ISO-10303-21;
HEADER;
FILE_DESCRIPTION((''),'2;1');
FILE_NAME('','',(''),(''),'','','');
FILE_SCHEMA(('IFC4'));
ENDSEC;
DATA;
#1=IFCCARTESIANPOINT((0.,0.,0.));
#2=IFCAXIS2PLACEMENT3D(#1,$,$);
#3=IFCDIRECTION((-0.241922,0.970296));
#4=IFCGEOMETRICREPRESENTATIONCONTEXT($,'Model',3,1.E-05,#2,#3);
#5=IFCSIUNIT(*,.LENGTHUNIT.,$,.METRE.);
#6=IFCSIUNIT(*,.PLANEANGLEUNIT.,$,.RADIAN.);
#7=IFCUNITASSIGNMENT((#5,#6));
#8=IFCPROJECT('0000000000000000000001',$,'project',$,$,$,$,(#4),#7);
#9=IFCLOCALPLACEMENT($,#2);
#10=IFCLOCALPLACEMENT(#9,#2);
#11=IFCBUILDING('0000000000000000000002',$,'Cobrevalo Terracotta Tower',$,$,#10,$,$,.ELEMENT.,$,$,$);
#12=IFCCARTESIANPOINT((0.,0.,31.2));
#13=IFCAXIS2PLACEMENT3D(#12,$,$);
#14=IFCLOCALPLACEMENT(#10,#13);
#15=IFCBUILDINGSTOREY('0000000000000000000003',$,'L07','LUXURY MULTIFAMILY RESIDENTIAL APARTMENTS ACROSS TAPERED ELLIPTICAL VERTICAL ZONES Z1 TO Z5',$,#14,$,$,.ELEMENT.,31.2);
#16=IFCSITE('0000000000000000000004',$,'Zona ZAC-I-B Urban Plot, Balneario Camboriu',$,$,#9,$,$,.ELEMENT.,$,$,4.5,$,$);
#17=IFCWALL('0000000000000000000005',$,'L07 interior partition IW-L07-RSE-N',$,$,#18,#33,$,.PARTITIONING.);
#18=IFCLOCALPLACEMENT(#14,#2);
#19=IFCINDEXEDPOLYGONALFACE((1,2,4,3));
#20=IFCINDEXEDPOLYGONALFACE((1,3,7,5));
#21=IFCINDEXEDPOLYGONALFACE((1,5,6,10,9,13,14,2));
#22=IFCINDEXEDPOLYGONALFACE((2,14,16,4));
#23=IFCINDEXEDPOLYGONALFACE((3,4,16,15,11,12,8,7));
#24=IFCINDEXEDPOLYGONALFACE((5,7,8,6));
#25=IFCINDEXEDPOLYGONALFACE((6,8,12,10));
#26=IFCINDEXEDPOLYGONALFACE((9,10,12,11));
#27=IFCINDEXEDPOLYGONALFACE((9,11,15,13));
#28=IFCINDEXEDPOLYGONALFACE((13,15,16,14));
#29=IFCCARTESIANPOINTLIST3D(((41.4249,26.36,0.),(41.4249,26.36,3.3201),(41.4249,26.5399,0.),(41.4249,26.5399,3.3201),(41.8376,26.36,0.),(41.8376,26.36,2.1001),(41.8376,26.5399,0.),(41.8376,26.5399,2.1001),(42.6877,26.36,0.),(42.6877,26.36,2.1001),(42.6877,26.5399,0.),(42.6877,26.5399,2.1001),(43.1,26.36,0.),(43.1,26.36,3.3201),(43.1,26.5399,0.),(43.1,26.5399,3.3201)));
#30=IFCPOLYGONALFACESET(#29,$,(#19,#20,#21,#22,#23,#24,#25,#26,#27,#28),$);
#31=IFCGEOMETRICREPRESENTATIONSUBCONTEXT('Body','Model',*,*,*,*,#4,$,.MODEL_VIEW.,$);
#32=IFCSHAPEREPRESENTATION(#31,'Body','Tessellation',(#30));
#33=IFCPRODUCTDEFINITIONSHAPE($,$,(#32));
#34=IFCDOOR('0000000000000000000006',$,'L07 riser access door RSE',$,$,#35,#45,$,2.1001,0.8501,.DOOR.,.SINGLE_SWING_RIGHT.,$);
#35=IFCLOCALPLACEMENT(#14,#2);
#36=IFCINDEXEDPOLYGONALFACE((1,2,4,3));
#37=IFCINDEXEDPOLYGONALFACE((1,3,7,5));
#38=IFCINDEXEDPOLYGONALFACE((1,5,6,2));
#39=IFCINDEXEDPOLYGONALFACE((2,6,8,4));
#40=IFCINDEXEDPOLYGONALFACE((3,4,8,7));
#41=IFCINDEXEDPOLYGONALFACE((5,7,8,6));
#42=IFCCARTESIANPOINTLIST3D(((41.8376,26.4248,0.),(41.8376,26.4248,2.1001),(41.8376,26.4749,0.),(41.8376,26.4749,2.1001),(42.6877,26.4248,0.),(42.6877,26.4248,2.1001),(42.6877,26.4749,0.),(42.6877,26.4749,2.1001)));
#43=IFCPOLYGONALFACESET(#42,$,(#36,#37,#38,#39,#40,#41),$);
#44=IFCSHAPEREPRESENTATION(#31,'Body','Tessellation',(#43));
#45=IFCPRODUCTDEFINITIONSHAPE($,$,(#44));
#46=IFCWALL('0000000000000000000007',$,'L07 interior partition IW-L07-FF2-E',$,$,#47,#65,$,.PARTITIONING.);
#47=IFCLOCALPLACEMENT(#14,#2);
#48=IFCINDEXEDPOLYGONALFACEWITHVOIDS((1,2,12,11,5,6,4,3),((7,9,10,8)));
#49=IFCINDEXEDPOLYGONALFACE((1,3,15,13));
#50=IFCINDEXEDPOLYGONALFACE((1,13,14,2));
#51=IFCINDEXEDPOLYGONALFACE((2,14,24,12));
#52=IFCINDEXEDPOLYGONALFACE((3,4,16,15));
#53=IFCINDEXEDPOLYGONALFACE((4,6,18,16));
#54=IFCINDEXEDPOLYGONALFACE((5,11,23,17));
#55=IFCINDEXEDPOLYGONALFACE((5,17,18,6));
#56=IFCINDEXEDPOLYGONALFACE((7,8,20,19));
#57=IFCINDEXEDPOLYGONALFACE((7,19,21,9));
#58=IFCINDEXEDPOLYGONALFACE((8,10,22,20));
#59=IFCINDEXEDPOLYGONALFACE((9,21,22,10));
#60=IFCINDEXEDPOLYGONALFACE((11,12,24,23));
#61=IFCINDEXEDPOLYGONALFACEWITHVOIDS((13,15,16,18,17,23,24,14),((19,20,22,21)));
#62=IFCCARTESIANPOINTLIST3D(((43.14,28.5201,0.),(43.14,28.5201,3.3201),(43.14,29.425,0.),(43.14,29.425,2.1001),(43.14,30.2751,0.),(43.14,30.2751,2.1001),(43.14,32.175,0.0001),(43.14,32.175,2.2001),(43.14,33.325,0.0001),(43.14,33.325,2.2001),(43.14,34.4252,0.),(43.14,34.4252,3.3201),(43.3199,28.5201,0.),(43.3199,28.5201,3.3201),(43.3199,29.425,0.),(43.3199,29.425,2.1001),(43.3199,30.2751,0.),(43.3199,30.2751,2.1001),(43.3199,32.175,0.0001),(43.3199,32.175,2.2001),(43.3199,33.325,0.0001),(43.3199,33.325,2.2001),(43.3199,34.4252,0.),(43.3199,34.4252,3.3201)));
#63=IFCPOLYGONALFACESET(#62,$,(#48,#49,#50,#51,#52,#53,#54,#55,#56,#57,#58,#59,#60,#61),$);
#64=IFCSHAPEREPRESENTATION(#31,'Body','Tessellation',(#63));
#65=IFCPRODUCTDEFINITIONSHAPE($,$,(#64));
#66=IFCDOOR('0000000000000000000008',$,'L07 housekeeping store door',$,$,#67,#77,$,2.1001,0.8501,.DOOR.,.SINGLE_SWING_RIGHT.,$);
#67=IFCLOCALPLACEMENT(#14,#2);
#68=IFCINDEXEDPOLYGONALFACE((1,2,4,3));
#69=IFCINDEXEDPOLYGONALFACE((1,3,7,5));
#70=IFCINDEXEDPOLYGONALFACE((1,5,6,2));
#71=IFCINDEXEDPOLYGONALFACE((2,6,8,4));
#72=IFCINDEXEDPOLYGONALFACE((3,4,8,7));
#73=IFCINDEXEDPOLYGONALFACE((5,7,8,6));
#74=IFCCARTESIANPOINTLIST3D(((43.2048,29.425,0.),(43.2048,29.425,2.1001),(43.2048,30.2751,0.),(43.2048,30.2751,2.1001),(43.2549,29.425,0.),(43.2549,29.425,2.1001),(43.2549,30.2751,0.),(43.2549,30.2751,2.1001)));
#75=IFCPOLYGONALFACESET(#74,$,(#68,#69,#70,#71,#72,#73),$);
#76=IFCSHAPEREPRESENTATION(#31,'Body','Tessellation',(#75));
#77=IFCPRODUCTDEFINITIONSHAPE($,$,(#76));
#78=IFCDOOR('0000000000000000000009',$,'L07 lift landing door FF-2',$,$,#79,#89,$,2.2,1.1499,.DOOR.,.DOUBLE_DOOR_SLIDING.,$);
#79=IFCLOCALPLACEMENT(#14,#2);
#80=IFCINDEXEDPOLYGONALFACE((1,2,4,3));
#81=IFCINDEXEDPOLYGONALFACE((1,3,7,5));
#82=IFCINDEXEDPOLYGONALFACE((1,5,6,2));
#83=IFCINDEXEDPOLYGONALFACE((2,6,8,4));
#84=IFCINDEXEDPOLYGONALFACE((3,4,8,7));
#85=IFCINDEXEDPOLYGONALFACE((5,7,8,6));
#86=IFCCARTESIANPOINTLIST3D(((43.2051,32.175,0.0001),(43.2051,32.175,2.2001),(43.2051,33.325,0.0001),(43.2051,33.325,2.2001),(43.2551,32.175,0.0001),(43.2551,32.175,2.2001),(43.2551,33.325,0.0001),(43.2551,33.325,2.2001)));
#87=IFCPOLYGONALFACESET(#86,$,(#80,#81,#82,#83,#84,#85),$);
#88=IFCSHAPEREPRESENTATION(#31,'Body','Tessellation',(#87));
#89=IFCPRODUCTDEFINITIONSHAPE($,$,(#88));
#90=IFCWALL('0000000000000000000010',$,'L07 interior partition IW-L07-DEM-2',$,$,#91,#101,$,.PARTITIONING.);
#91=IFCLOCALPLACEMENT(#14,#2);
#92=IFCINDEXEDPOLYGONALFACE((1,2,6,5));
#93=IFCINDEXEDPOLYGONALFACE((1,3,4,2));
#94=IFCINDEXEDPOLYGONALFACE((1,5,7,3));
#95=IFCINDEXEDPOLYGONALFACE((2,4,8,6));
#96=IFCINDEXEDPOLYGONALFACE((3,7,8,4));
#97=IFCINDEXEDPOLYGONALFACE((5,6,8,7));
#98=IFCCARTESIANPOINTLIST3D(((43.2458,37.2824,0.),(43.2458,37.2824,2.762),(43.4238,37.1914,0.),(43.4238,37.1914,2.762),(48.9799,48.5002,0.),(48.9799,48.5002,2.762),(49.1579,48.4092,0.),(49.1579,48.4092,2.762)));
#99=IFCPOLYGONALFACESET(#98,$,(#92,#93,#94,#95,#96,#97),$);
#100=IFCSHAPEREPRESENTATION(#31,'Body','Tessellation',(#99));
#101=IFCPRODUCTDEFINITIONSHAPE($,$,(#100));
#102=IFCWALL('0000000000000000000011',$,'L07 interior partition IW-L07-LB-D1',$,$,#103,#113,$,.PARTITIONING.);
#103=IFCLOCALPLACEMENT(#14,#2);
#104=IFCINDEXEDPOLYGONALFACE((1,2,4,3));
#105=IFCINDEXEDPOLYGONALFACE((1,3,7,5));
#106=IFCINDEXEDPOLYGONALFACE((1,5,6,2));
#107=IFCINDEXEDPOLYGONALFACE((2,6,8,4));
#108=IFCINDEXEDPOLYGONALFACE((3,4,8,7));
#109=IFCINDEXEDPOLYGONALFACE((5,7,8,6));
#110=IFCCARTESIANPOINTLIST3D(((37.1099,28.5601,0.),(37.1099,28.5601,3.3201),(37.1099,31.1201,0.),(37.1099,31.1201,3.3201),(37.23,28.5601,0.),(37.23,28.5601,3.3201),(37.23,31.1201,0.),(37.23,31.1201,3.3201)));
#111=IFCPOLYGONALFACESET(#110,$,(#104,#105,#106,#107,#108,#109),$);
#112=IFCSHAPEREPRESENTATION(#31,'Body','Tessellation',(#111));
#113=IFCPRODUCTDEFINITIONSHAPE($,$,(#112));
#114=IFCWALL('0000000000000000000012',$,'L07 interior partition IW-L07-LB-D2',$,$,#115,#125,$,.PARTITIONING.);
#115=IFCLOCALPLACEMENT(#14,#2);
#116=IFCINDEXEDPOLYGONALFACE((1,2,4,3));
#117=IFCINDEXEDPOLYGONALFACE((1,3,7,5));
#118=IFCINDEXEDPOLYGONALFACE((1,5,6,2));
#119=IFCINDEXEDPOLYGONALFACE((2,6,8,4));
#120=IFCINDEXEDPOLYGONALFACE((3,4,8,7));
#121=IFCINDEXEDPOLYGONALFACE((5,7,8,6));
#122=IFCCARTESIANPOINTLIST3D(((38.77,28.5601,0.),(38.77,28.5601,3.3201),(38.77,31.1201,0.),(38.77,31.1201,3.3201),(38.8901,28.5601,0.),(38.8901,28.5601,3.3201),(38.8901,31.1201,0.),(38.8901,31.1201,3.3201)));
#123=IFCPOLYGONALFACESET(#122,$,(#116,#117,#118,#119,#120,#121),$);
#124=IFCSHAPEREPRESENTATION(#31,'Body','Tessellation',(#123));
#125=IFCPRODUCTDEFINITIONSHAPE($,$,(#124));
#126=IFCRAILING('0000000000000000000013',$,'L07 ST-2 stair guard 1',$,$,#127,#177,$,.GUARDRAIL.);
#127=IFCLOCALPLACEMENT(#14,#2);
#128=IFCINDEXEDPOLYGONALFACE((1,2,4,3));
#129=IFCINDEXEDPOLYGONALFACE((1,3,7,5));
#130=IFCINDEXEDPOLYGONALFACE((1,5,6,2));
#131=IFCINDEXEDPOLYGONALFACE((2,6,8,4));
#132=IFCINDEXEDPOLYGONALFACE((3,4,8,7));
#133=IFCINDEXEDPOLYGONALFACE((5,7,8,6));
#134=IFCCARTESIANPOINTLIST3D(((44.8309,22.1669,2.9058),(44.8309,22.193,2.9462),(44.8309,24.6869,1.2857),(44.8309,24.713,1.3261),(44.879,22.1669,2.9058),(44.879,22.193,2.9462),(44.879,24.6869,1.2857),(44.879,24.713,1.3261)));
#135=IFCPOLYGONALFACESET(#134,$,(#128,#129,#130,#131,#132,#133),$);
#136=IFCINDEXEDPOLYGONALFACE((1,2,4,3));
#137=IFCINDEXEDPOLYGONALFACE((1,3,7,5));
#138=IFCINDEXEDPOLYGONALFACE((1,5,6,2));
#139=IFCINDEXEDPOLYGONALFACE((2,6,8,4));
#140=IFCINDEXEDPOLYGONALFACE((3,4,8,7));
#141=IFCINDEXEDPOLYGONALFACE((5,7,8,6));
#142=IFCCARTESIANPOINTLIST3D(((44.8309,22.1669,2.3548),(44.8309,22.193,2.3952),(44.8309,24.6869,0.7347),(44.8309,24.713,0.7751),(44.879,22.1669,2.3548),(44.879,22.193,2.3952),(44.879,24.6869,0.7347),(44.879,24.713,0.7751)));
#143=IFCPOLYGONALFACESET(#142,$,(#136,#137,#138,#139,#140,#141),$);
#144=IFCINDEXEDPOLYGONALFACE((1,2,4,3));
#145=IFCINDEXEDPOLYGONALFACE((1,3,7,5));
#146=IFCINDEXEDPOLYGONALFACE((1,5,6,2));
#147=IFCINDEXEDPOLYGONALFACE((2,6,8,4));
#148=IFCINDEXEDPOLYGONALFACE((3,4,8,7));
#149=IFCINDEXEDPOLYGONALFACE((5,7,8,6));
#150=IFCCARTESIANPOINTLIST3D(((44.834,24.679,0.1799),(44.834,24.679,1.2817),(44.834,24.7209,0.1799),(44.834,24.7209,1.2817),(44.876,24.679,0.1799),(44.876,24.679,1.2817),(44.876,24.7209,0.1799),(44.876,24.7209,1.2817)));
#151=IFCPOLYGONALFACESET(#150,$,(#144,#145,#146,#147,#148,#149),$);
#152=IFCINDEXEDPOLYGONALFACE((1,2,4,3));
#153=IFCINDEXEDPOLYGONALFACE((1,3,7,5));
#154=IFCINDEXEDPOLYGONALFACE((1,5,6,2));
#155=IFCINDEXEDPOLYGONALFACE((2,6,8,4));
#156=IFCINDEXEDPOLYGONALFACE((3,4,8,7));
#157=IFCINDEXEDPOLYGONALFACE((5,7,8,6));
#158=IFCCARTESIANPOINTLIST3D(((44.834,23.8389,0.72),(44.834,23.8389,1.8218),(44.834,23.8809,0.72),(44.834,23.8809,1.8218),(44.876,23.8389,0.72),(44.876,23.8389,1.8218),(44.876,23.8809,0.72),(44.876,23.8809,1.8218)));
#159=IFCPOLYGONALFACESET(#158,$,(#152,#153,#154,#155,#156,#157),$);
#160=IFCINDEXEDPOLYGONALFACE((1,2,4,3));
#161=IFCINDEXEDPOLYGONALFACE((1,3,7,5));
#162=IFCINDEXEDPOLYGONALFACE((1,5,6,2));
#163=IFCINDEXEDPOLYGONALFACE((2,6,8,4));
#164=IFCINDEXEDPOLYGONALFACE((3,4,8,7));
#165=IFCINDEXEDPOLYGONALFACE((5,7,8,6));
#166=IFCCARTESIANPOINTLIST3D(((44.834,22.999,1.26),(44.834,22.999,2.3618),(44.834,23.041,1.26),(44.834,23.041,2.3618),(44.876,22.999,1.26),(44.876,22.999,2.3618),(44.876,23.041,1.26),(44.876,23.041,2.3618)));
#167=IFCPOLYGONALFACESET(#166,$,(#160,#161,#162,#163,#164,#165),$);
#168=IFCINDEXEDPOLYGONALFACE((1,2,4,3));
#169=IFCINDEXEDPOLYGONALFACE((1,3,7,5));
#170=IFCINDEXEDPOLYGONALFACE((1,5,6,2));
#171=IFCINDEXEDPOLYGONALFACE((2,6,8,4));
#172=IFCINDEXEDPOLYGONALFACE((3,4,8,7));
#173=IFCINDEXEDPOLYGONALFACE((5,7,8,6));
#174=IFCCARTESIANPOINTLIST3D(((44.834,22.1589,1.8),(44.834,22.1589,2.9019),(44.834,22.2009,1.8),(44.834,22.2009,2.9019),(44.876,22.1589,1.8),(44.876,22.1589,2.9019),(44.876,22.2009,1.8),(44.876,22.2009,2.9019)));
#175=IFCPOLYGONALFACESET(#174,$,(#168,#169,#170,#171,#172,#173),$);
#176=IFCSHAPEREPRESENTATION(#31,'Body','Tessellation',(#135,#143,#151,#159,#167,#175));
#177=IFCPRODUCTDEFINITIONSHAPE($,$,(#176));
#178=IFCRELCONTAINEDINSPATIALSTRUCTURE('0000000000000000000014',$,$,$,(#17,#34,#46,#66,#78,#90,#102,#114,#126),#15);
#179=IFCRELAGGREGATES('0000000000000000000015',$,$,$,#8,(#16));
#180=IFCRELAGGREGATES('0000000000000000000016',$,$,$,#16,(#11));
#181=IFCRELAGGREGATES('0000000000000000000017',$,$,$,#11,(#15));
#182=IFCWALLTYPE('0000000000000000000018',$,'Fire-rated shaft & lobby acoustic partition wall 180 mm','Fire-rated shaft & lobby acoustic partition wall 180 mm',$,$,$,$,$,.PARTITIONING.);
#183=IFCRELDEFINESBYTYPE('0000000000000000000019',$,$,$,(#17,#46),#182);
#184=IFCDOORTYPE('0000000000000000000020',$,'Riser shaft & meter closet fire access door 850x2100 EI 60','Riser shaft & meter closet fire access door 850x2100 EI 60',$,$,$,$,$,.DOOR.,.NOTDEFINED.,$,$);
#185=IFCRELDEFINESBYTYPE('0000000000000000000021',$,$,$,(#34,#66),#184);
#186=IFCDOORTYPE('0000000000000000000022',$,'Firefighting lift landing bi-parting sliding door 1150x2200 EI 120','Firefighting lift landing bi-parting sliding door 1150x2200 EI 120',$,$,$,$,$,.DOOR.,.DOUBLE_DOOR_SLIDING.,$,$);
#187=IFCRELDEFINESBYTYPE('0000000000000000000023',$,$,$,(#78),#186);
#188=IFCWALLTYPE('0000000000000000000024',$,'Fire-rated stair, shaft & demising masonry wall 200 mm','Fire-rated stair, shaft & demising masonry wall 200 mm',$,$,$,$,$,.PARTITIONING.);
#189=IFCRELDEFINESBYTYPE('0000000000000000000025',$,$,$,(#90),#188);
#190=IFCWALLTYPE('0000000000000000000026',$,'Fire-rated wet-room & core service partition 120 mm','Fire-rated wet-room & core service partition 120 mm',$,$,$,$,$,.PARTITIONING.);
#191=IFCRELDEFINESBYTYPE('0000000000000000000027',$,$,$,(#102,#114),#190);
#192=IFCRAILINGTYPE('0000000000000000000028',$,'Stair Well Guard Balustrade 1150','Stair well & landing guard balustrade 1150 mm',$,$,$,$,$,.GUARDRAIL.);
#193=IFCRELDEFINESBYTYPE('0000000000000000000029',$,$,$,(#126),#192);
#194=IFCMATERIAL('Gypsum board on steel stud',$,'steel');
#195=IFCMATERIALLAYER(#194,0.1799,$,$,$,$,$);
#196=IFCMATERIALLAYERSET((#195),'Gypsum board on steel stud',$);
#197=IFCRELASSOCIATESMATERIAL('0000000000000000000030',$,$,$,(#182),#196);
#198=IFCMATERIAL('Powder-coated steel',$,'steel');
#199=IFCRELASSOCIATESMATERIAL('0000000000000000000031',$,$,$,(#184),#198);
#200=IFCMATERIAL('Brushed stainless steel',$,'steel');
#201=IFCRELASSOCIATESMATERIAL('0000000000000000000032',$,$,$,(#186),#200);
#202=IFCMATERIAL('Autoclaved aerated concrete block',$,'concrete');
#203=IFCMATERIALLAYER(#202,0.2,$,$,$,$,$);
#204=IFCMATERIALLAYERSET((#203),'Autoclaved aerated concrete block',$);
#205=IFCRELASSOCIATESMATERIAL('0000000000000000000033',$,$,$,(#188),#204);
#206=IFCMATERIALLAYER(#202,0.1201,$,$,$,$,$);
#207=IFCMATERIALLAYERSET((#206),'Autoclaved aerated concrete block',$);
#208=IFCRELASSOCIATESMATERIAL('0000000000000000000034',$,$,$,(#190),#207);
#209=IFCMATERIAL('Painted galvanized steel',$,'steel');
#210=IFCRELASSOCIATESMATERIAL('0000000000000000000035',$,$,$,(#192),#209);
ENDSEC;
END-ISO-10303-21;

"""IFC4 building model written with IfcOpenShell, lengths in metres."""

from ifc_helpers import new_model, si_unit, direction, frame, frame_2d, origin, origin_2d, place, context, subcontext, project, spatial, rectangle, extrude, source, transform, mapped, material, layer, layer_set, type_object, element, fill, save


model = new_model("IFC4")

# Units and contexts
model_context = context("Model", 3, precision=1e-05, world=origin(), true_north=direction((-0.241922, 0.970296)))
body_context = subcontext(model_context, "Body", "Model", "MODEL_VIEW")
ifc_project = project(units=[si_unit("LENGTHUNIT", "METRE"), si_unit("PLANEANGLEUNIT", "RADIAN")], contexts=[model_context])

# Site, building, storey
site_placement = place(None, origin())
site = spatial("IfcSite", under=ifc_project, at=site_placement, Name="Zona ZAC-I-B Urban Plot, Balneario Camboriu", CompositionType="ELEMENT", RefElevation=4.5)
building_placement = place(site_placement, origin())
building = spatial("IfcBuilding", under=site, at=building_placement, Name="Cobrevalo Terracotta Tower", CompositionType="ELEMENT")
storey_placement = place(building_placement, frame((0.0, 0.0, 31.2)))
storey = spatial("IfcBuildingStorey", under=building, at=storey_placement, Name="L07", Description="LUXURY MULTIFAMILY RESIDENTIAL APARTMENTS ACROSS TAPERED ELLIPTICAL VERTICAL ZONES Z1 TO Z5", CompositionType="ELEMENT", Elevation=31.2)

# Shared definitions
ifc_material_1 = material(Name="Gypsum board on steel stud", Category="steel")

# Shared definitions
ifc_material_2 = material(Name="Brushed stainless steel", Category="steel")

# Wall, opening, door
ifc_layer_1 = layer(ifc_material_1, 0.1799)
ifc_layer_set_1 = layer_set([ifc_layer_1], Name="Gypsum board on steel stud")
wall_type_1 = type_object("IfcWallType", Name="Fire-rated shaft & lobby acoustic partition wall 180 mm", Description="Fire-rated shaft & lobby acoustic partition wall 180 mm", PredefinedType="PARTITIONING", material=ifc_layer_set_1)
wall_1_placement = place(storey_placement, frame((41.425, 26.45, 0.0), z_axis=(0.0, 0.0, 1.0), x_axis=(1.0, 0.0, 0.0)))
wall_1 = element("IfcWall", 1, at=wall_1_placement, inside=storey, type_object=wall_type_1, Name="L07 interior partition IW-L07-RSE-N", PredefinedType="PARTITIONING", context=body_context, shape_type="SweptSolid", body=[
    extrude(rectangle(XDim=1.675, YDim=0.1799, at=frame_2d((0.8374, 0.0))), origin(), (0.0, 0.0, 1.0), 3.3201),
])
opening_1_placement = place(wall_1_placement, frame((0.4126, 0.0, 0.0)))
opening_1 = element("IfcOpeningElement", 2, at=opening_1_placement, cuts=wall_1, PredefinedType="OPENING", context=body_context, shape_type="SweptSolid", body=[
    extrude(rectangle(XDim=0.8501, YDim=2.1001, at=frame_2d((0.425, 1.05))), frame((0.0, 0.1001, 0.0), z_axis=(0.0, -1.0, 0.0), x_axis=(1.0, 0.0, 0.0)), (0.0, 0.0, 1.0), 0.2),
])
ifc_material_3 = material(Name="Powder-coated steel", Category="steel")
door_type_1 = type_object("IfcDoorType", Name="Riser shaft & meter closet fire access door 850x2100 EI 60", Description="Riser shaft & meter closet fire access door 850x2100 EI 60", OperationType="NOTDEFINED", PredefinedType="DOOR", material=ifc_material_3)
shared_shape_1 = source(origin(), body_context, "Body", "SweptSolid", [
    extrude(rectangle(XDim=0.8501, YDim=2.1001, at=frame_2d((0.425, 1.05))), frame((0.0, 0.0249, 0.0), z_axis=(0.0, -1.0, 0.0), x_axis=(1.0, 0.0, 0.0)), (0.0, 0.0, 1.0), 0.05),
])
door_1_placement = place(opening_1_placement, origin())
door_1 = element("IfcDoor", 3, at=door_1_placement, inside=storey, type_object=door_type_1, Name="L07 riser access door RSE", OperationType="SINGLE_SWING_RIGHT", OverallHeight=2.1001, OverallWidth=0.8501, PredefinedType="DOOR", context=body_context, shape_type="MappedRepresentation", body=[
    mapped(shared_shape_1, transform((0.0, 0.0, 0.0), scale=1.0)),
])
fill(opening_1, door_1)

# Wall, openings, doors
wall_2_placement = place(storey_placement, frame((43.23, 28.52, 0.0), z_axis=(0.0, 0.0, 1.0), x_axis=(0.0, 1.0, 0.0)))
wall_2 = element("IfcWall", 4, at=wall_2_placement, inside=storey, type_object=wall_type_1, Name="L07 interior partition IW-L07-FF2-E", PredefinedType="PARTITIONING", context=body_context, shape_type="SweptSolid", body=[
    extrude(rectangle(XDim=5.905, YDim=0.1799, at=frame_2d((2.9526, 0.0))), origin(), (0.0, 0.0, 1.0), 3.3201),
])
opening_2_placement = place(wall_2_placement, frame((0.905, 0.0, 0.0)))
opening_2 = element("IfcOpeningElement", 5, at=opening_2_placement, cuts=wall_2, PredefinedType="OPENING", context=body_context, shape_type="SweptSolid", body=[
    extrude(rectangle(XDim=0.8501, YDim=2.1001, at=frame_2d((0.425, 1.05))), frame((0.0, 0.1001, 0.0), z_axis=(0.0, -1.0, 0.0), x_axis=(1.0, 0.0, 0.0)), (0.0, 0.0, 1.0), 0.2),
])
opening_3_placement = place(wall_2_placement, frame((3.655, 0.0, 0.0)))
opening_3 = element("IfcOpeningElement", 6, at=opening_3_placement, cuts=wall_2, PredefinedType="OPENING", context=body_context, shape_type="SweptSolid", body=[
    extrude(rectangle(XDim=1.1499, YDim=2.2, at=frame_2d((0.575, 1.1001))), frame((0.0, 0.1001, 0.0), z_axis=(0.0, -1.0, 0.0), x_axis=(1.0, 0.0, 0.0)), (0.0, 0.0, 1.0), 0.2),
])
door_2_placement = place(opening_2_placement, frame((0.8501, 0.0, 0.0), z_axis=(0.0, 0.0, 1.0), x_axis=(-1.0, 0.0, 0.0)))
door_2 = element("IfcDoor", 7, at=door_2_placement, inside=storey, type_object=door_type_1, Name="L07 housekeeping store door", OperationType="SINGLE_SWING_RIGHT", OverallHeight=2.1001, OverallWidth=0.8501, PredefinedType="DOOR", context=body_context, shape_type="MappedRepresentation", body=[
    mapped(shared_shape_1, transform((0.0, 0.0, 0.0), scale=1.0)),
])
fill(opening_2, door_2)
door_type_2 = type_object("IfcDoorType", Name="Firefighting lift landing bi-parting sliding door 1150x2200 EI 120", Description="Firefighting lift landing bi-parting sliding door 1150x2200 EI 120", OperationType="DOUBLE_DOOR_SLIDING", PredefinedType="DOOR", material=ifc_material_2)
shared_shape_2 = source(origin(), body_context, "Body", "SweptSolid", [
    extrude(rectangle(XDim=1.1499, YDim=2.2, at=frame_2d((0.575, 1.1001))), frame((0.0, 0.0249, 0.0), z_axis=(0.0, -1.0, 0.0), x_axis=(1.0, 0.0, 0.0)), (0.0, 0.0, 1.0), 0.05),
])
door_3_placement = place(opening_3_placement, origin())
door_3 = element("IfcDoor", 8, at=door_3_placement, inside=storey, type_object=door_type_2, Name="L07 lift landing door FF-2", OperationType="DOUBLE_DOOR_SLIDING", OverallHeight=2.2, OverallWidth=1.1499, PredefinedType="DOOR", context=body_context, shape_type="MappedRepresentation", body=[
    mapped(shared_shape_2, transform((0.0, 0.0, 0.0), scale=1.0)),
])
fill(opening_3, door_3)

# Walls
ifc_material_4 = material(Name="Autoclaved aerated concrete block", Category="concrete")
ifc_layer_2 = layer(ifc_material_4, 0.2)
ifc_layer_set_2 = layer_set([ifc_layer_2], Name="Autoclaved aerated concrete block")
wall_type_2 = type_object("IfcWallType", Name="Fire-rated stair, shaft & demising masonry wall 200 mm", Description="Fire-rated stair, shaft & demising masonry wall 200 mm", PredefinedType="PARTITIONING", material=ifc_layer_set_2)
wall_3_placement = place(storey_placement, frame((43.3347, 37.2368, 0.0), z_axis=(0.0, 0.0, 1.0), x_axis=(0.455149, 0.890415, 0.0)))
element("IfcWall", 9, at=wall_3_placement, inside=storey, type_object=wall_type_2, Name="L07 interior partition IW-L07-DEM-2", PredefinedType="PARTITIONING", context=body_context, shape_type="SweptSolid", body=[
    extrude(rectangle(XDim=12.5984, YDim=0.2, at=frame_2d((6.2993, 0.0))), origin(), (0.0, 0.0, 1.0), 2.762),
])
ifc_layer_3 = layer(ifc_material_4, 0.1201)
ifc_layer_set_3 = layer_set([ifc_layer_3], Name="Autoclaved aerated concrete block")
wall_type_3 = type_object("IfcWallType", Name="Fire-rated wet-room & core service partition 120 mm", Description="Fire-rated wet-room & core service partition 120 mm", PredefinedType="PARTITIONING", material=ifc_layer_set_3)
for number, where, z_axis, x_axis, name in (
    (10, (37.1699, 28.5601, 0.0), (0.0, 0.0, 1.0), (0.0, 1.0, 0.0), "L07 interior partition IW-L07-LB-D1"),
    (11, (38.8301, 28.5601, 0.0), (0.0, 0.0, 1.0), (0.0, 1.0, 0.0), "L07 interior partition IW-L07-LB-D2"),
):
    element("IfcWall", number, at=place(storey_placement, frame(where, z_axis=z_axis, x_axis=x_axis)), inside=storey, type_object=wall_type_3, Name=name, PredefinedType="PARTITIONING", context=body_context, shape_type="SweptSolid", body=[
        extrude(rectangle(XDim=2.5601, YDim=0.1201, at=frame_2d((1.28, 0.0))), origin(), (0.0, 0.0, 1.0), 3.3201),
    ])

# Railing
ifc_material_5 = material(Name="Painted galvanized steel", Category="steel")
railing_type = type_object("IfcRailingType", Name="Stair Well Guard Balustrade 1150", Description="Stair well & landing guard balustrade 1150 mm", PredefinedType="GUARDRAIL", material=ifc_material_5)
railing_1_placement = place(storey_placement, frame((44.855, 24.7, 0.1799)))
element("IfcRailing", 12, at=railing_1_placement, inside=storey, type_object=railing_type, Name="L07 ST-2 stair guard 1", PredefinedType="GUARDRAIL", context=body_context, shape_type="SweptSolid", body=[
    extrude(rectangle(XDim=0.0481, YDim=0.0481, at=origin_2d()), frame((0.0, 0.0, 1.126), z_axis=(0.0, -0.841163, 0.540782), x_axis=(1.0, 0.0, 0.0)), (0.0, 0.0, 1.0), 2.9958),
    extrude(rectangle(XDim=0.0481, YDim=0.0481, at=origin_2d()), frame((0.0, 0.0, 0.575), z_axis=(0.0, -0.841163, 0.540782), x_axis=(1.0, 0.0, 0.0)), (0.0, 0.0, 1.0), 2.9958),
    extrude(rectangle(XDim=0.042, YDim=0.042, at=origin_2d()), origin(), (0.0, 0.0, 1.0), 1.1018),
    extrude(rectangle(XDim=0.042, YDim=0.042, at=origin_2d()), frame((0.0, -0.8401, 0.54)), (0.0, 0.0, 1.0), 1.1018),
    extrude(rectangle(XDim=0.042, YDim=0.042, at=origin_2d()), frame((0.0, -1.6799, 1.0801)), (0.0, 0.0, 1.0), 1.1018),
    extrude(rectangle(XDim=0.042, YDim=0.042, at=origin_2d()), frame((0.0, -2.52, 1.6201)), (0.0, 0.0, 1.0), 1.1018),
])

save(model, "model.ifc")
